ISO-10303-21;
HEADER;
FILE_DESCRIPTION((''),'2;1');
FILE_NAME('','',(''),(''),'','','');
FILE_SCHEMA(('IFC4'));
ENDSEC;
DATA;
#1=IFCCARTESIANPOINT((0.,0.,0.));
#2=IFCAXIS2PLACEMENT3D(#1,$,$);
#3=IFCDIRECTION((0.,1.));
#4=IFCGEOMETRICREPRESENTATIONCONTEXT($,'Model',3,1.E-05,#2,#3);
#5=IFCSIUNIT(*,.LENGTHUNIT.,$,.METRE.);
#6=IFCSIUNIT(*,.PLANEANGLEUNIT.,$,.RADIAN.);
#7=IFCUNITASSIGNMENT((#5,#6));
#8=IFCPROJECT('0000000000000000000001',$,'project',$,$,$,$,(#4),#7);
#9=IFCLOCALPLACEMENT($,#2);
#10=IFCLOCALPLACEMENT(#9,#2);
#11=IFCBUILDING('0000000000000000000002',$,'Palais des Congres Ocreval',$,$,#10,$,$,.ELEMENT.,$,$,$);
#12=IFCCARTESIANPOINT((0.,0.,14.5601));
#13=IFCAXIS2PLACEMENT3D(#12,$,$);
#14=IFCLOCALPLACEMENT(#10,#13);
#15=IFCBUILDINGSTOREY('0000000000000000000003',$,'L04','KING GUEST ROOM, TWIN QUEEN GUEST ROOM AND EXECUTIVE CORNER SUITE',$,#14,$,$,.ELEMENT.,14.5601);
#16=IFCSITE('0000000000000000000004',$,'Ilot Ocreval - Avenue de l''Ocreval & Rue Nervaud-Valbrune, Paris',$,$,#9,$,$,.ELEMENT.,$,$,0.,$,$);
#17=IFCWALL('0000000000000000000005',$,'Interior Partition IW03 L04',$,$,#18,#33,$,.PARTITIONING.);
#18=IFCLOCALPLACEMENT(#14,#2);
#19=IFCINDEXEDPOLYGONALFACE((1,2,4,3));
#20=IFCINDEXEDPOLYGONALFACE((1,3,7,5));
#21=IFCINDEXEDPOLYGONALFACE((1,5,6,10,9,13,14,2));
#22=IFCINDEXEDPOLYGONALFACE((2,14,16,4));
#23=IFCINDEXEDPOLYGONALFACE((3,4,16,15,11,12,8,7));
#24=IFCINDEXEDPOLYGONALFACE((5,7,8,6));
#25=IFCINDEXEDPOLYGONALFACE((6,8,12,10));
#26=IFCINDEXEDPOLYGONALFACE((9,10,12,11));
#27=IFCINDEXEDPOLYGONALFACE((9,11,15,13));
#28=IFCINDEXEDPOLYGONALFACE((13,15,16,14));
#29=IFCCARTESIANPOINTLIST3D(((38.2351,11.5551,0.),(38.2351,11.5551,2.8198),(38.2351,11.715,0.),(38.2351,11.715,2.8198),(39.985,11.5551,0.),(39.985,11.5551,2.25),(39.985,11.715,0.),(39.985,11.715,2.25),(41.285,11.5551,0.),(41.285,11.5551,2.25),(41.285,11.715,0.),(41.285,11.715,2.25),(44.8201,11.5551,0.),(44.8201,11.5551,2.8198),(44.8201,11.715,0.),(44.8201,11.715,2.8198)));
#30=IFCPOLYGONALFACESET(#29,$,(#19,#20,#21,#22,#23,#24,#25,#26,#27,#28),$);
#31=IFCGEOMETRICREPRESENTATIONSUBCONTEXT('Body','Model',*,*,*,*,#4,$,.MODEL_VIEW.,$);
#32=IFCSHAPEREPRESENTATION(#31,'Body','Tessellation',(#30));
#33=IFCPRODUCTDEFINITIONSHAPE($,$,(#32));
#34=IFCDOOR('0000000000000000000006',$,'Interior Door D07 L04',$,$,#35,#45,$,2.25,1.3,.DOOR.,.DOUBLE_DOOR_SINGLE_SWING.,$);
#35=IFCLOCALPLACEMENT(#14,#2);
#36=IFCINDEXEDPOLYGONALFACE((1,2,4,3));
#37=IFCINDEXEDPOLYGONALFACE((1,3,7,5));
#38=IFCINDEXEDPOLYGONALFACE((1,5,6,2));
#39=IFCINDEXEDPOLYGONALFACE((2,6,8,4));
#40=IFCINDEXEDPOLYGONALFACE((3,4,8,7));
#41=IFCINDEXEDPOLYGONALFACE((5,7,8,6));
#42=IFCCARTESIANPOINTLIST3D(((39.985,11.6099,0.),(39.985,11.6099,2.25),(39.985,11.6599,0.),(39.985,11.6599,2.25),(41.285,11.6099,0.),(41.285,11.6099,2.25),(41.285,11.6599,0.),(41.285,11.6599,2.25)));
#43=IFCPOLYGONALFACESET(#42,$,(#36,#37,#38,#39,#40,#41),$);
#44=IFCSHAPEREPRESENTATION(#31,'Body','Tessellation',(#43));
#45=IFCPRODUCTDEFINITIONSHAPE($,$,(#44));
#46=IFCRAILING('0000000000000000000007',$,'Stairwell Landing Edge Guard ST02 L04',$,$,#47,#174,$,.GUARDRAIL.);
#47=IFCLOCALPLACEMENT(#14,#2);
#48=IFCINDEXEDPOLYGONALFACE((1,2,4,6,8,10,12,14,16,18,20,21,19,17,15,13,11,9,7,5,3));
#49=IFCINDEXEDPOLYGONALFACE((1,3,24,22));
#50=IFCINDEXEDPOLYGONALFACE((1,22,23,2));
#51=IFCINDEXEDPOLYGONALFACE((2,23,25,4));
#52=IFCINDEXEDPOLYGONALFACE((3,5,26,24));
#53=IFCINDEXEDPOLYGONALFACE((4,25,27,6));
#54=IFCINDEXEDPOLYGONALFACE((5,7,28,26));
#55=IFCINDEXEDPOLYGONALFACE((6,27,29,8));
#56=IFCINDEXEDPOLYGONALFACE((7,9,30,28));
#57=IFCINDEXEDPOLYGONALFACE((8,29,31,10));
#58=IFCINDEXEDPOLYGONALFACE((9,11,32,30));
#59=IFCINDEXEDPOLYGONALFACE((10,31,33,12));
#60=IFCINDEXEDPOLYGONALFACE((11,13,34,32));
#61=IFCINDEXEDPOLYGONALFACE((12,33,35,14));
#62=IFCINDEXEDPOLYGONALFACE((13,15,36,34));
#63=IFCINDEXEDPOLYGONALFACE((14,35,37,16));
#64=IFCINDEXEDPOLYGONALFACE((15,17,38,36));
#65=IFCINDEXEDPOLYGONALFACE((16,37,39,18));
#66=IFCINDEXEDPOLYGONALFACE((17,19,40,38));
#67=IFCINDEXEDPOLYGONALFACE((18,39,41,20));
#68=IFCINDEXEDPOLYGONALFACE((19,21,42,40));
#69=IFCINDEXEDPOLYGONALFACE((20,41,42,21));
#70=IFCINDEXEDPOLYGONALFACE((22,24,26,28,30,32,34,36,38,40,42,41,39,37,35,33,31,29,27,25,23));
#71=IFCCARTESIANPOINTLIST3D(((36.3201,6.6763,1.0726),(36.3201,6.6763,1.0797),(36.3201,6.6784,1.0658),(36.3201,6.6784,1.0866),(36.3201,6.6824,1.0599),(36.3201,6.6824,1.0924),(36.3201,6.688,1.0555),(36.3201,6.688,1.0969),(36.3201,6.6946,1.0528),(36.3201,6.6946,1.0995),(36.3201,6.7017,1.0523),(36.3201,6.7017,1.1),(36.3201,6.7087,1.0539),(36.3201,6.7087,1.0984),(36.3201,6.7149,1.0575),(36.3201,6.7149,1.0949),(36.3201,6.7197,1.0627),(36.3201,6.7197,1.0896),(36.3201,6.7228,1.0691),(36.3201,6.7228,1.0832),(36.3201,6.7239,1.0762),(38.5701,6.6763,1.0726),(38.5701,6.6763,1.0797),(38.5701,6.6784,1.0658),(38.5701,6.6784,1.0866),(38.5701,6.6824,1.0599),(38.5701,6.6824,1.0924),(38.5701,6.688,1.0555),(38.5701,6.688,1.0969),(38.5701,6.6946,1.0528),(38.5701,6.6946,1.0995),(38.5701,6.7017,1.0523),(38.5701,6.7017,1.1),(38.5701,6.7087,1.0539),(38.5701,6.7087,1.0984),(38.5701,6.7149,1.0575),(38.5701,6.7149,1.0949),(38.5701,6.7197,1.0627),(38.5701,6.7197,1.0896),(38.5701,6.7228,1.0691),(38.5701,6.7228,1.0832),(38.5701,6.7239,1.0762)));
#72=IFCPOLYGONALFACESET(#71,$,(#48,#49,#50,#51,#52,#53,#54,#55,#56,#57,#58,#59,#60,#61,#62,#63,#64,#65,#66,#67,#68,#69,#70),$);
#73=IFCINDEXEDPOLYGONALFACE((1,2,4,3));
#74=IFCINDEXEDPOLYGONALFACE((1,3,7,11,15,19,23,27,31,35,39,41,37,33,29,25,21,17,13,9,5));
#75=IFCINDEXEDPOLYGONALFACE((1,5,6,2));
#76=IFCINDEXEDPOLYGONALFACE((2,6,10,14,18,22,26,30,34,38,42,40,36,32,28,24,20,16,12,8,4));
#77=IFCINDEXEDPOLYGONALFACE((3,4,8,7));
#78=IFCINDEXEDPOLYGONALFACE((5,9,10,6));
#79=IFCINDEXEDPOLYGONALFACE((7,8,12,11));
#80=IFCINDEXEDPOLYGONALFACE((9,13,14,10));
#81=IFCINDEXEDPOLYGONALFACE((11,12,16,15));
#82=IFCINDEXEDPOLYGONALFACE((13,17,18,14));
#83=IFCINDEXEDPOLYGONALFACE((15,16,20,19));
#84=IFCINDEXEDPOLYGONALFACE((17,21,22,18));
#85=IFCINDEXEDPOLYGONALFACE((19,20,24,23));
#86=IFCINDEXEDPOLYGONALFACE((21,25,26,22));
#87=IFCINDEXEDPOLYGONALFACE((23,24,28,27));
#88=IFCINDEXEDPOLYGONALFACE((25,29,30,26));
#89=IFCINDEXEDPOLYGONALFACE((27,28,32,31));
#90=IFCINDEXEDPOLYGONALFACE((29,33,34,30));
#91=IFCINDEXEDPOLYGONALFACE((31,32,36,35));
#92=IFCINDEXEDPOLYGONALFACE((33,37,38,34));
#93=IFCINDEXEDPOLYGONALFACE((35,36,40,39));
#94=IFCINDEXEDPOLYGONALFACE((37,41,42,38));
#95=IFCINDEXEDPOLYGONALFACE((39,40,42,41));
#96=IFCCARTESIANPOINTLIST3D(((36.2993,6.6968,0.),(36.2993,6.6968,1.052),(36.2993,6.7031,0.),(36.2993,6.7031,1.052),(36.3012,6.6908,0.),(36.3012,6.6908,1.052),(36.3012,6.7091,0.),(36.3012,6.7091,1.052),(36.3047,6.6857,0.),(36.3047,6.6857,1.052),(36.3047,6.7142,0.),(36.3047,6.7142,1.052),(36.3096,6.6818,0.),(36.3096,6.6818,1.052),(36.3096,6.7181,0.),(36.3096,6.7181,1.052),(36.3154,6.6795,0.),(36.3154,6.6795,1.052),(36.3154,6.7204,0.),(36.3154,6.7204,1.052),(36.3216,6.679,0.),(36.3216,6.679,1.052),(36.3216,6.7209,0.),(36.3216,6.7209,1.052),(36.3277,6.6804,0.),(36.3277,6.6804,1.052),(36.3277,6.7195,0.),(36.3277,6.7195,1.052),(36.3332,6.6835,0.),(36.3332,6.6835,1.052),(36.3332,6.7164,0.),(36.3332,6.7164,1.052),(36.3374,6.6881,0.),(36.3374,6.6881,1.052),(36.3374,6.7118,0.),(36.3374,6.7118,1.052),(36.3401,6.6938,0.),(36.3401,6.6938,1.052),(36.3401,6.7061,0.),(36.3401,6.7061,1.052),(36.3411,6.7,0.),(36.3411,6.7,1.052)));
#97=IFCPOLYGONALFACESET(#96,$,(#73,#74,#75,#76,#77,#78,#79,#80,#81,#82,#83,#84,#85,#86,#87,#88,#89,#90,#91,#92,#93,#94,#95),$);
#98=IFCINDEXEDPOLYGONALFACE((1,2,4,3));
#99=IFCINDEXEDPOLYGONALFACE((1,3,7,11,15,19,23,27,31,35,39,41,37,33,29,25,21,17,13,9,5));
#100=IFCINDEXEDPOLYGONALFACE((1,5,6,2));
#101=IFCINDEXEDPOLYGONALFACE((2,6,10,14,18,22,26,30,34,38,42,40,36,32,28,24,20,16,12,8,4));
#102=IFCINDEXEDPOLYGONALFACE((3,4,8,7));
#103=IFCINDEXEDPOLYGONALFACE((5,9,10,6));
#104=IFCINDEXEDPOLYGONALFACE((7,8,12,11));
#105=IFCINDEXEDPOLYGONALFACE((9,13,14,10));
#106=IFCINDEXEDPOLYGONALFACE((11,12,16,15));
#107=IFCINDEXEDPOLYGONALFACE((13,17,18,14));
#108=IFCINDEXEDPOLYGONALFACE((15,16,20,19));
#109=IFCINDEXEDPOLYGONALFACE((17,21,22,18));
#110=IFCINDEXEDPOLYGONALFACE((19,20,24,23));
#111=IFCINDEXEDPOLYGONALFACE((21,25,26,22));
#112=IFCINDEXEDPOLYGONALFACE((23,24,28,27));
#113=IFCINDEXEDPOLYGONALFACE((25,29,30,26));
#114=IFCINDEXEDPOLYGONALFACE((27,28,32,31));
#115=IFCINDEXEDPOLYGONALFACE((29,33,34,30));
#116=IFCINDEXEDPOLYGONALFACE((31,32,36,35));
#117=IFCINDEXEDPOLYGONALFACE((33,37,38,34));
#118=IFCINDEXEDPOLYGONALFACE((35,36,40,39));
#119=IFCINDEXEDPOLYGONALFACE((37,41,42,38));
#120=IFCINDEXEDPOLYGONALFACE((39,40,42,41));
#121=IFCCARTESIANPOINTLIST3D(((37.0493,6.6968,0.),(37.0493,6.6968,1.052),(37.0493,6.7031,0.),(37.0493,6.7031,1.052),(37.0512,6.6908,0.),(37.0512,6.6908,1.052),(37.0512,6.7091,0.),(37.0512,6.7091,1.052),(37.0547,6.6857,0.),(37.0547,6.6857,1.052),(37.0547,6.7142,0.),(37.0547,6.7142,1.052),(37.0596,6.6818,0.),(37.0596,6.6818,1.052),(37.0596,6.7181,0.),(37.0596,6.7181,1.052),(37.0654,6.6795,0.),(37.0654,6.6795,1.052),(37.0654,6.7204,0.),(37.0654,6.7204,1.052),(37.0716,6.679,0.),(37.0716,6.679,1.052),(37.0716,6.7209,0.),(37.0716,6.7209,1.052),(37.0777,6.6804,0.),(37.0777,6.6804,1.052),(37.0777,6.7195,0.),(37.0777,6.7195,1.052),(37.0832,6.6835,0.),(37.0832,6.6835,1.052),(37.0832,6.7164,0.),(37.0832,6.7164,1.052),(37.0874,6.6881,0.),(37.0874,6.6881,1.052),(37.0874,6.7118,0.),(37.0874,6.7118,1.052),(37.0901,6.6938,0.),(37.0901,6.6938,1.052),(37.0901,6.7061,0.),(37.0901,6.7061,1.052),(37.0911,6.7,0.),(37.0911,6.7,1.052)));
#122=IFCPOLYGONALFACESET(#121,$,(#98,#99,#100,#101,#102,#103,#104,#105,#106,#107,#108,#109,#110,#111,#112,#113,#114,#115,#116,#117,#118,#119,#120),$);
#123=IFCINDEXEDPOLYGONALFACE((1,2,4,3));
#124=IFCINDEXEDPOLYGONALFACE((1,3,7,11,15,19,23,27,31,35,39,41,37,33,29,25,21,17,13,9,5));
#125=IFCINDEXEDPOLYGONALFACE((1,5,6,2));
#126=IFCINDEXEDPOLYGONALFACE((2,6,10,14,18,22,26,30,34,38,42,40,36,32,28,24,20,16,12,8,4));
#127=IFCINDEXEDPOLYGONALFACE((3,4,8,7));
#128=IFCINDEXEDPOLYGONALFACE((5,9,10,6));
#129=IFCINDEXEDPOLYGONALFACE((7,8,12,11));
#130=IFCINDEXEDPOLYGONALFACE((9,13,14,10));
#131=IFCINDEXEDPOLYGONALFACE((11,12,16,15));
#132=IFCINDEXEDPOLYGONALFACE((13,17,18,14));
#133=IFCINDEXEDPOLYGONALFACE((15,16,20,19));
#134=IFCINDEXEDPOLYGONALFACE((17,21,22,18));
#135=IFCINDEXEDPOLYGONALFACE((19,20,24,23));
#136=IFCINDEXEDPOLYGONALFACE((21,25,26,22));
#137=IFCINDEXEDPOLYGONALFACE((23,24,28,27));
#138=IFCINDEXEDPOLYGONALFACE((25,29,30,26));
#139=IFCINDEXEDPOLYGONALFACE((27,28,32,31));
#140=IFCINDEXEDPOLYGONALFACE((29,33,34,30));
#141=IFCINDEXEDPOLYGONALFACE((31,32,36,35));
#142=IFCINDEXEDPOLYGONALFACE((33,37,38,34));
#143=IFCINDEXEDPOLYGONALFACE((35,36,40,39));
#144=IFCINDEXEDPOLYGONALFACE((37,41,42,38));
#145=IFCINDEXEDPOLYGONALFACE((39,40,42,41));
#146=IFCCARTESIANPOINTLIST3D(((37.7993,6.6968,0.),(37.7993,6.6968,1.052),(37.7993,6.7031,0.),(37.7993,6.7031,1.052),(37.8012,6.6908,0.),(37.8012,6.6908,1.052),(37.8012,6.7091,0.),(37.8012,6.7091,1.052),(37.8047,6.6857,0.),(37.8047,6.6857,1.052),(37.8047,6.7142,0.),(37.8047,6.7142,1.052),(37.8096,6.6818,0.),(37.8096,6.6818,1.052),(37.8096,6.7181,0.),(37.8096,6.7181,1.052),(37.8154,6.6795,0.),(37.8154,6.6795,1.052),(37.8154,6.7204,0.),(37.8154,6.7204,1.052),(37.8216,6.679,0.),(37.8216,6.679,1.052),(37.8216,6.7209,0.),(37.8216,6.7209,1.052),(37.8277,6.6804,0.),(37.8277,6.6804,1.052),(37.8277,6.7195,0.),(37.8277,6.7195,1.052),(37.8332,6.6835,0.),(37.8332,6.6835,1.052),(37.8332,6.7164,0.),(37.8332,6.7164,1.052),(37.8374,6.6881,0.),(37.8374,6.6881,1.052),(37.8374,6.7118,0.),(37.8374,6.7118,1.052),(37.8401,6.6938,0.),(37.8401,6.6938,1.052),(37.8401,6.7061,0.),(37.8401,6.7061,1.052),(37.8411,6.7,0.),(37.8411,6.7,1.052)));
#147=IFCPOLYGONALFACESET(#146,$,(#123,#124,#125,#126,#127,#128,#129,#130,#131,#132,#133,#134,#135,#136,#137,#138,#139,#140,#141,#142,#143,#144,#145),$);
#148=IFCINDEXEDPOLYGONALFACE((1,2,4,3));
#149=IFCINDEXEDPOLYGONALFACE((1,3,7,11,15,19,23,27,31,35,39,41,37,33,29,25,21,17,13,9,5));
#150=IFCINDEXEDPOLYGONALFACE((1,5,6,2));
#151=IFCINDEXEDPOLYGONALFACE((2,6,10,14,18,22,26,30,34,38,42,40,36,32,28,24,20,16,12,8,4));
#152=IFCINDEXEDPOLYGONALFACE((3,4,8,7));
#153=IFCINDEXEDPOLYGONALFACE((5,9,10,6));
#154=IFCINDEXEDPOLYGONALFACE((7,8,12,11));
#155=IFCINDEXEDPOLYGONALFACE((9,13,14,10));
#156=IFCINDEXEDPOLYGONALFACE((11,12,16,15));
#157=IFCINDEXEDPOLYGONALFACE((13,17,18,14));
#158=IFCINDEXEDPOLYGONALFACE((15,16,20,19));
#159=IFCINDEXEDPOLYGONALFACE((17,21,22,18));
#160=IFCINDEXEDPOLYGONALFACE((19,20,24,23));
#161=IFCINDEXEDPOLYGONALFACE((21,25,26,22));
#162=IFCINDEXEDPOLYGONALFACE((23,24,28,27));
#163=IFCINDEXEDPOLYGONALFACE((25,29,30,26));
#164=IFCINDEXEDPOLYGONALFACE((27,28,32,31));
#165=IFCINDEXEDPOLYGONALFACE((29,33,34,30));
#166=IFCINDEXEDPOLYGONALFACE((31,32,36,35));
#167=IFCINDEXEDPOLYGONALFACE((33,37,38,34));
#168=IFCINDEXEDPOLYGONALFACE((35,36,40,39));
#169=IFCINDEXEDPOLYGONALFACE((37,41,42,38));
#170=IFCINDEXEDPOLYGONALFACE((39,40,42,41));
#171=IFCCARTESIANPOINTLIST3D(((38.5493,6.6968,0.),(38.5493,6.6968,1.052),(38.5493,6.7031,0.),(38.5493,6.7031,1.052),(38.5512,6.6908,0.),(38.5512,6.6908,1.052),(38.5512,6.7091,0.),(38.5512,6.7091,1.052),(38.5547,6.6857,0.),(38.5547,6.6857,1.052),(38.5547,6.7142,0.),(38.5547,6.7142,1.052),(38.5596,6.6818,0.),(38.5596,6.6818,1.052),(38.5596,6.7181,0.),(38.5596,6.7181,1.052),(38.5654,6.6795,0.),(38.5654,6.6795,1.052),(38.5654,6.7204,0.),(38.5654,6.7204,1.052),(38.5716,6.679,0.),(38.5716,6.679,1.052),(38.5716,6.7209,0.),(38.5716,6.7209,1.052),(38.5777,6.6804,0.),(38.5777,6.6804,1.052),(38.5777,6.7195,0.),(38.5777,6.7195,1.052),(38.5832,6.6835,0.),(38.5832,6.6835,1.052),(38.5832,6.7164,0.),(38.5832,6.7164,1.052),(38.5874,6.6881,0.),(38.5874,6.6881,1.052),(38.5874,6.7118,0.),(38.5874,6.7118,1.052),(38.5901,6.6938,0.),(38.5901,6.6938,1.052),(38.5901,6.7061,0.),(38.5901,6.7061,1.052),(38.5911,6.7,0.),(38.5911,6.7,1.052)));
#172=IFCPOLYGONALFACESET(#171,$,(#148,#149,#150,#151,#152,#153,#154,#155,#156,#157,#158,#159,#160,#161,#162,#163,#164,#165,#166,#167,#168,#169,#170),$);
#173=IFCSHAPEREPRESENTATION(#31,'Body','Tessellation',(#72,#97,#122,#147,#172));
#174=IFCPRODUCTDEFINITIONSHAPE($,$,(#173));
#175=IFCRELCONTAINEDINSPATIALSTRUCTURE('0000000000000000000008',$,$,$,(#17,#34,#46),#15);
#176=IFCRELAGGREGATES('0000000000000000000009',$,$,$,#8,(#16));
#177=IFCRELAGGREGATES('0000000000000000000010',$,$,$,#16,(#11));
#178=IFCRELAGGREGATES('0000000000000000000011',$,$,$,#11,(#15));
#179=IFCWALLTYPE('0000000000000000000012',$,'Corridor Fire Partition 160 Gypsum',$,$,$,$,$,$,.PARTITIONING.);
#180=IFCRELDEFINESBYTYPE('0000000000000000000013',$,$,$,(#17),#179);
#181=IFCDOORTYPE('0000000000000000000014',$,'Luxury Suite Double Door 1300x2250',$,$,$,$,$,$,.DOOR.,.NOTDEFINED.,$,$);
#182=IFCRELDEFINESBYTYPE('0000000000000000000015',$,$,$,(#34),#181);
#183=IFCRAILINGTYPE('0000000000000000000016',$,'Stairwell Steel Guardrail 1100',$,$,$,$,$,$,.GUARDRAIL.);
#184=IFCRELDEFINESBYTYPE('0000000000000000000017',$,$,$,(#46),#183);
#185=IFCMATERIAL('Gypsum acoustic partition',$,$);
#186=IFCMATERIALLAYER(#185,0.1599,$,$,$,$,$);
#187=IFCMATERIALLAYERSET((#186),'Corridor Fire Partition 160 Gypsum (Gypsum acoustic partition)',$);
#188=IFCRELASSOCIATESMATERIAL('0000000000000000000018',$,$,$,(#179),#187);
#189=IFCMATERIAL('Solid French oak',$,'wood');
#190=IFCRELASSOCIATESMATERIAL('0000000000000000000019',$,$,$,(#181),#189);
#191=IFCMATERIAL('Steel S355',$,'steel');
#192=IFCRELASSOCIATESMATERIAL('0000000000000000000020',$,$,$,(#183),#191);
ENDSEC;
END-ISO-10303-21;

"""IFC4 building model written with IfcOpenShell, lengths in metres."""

from ifc_helpers import new_model, si_unit, direction, frame, frame_2d, origin, origin_2d, place, context, subcontext, project, spatial, rectangle, circle, extrude, material, layer, layer_set, type_object, element, fill, save


model = new_model("IFC4")

# Units and contexts
model_context = context("Model", 3, precision=1e-05, world=origin(), true_north=direction((0.0, 1.0)))
body_context = subcontext(model_context, "Body", "Model", "MODEL_VIEW")
ifc_project = project(units=[si_unit("LENGTHUNIT", "METRE"), si_unit("PLANEANGLEUNIT", "RADIAN")], contexts=[model_context])

# Site, building, storey
site_placement = place(None, origin())
site = spatial("IfcSite", under=ifc_project, at=site_placement, Name="Ilot Ocreval - Avenue de l'Ocreval & Rue Nervaud-Valbrune, Paris", CompositionType="ELEMENT", RefElevation=0.0)
building_placement = place(site_placement, origin())
building = spatial("IfcBuilding", under=site, at=building_placement, Name="Palais des Congres Ocreval", CompositionType="ELEMENT")
storey_placement = place(building_placement, frame((0.0, 0.0, 14.5601)))
storey = spatial("IfcBuildingStorey", under=building, at=storey_placement, Name="L04", Description="KING GUEST ROOM, TWIN QUEEN GUEST ROOM AND EXECUTIVE CORNER SUITE", CompositionType="ELEMENT", Elevation=14.5601)

# Shared definitions
ifc_material_1 = material(Name="Steel S355", Category="steel")

# Shared definitions
ifc_material_2 = material(Name="Solid French oak", Category="wood")

# Shared definitions
ifc_material_3 = material(Name="Gypsum acoustic partition")
ifc_layer_1 = layer(ifc_material_3, 0.1599)
ifc_layer_set_1 = layer_set([ifc_layer_1], Name="Corridor Fire Partition 160 Gypsum (Gypsum acoustic partition)")
wall_type_1 = type_object("IfcWallType", Name="Corridor Fire Partition 160 Gypsum", PredefinedType="PARTITIONING", material=ifc_layer_set_1)

# Wall, opening, door
wall_1_placement = place(storey_placement, frame((38.2351, 11.635, 0.0), z_axis=(0.0, 0.0, 1.0), x_axis=(1.0, 0.0, 0.0)))
wall_1 = element("IfcWall", 1, at=wall_1_placement, inside=storey, type_object=wall_type_1, Name="Interior Partition IW03 L04", PredefinedType="PARTITIONING", context=body_context, shape_type="SweptSolid", body=[
    extrude(rectangle(XDim=6.585, YDim=0.1599, at=frame_2d((3.2925, 0.0))), origin(), (0.0, 0.0, 1.0), 2.8198),
])
opening_1_placement = place(wall_1_placement, frame((1.75, 0.0, 0.0)))
opening_1 = element("IfcOpeningElement", 2, at=opening_1_placement, cuts=wall_1, PredefinedType="OPENING", context=body_context, shape_type="SweptSolid", body=[
    extrude(rectangle(XDim=1.3, YDim=2.25, at=frame_2d((0.6499, 1.125))), frame((0.0, 0.0898, 0.0), z_axis=(0.0, -1.0, 0.0), x_axis=(1.0, 0.0, 0.0)), (0.0, 0.0, 1.0), 0.1799),
])
door_type_1 = type_object("IfcDoorType", Name="Luxury Suite Double Door 1300x2250", OperationType="NOTDEFINED", PredefinedType="DOOR", material=ifc_material_2)
door_1_placement = place(opening_1_placement, origin())
door_1 = element("IfcDoor", 3, at=door_1_placement, inside=storey, type_object=door_type_1, Name="Interior Door D07 L04", OperationType="DOUBLE_DOOR_SINGLE_SWING", OverallHeight=2.25, OverallWidth=1.3, PredefinedType="DOOR", context=body_context, shape_type="SweptSolid", body=[
    extrude(rectangle(XDim=1.3, YDim=2.25, at=frame_2d((0.6499, 1.125))), frame((0.0, 0.0249, 0.0), z_axis=(0.0, -1.0, 0.0), x_axis=(1.0, 0.0, 0.0)), (0.0, 0.0, 1.0), 0.05),
])
fill(opening_1, door_1)

# Railing
railing_type = type_object("IfcRailingType", Name="Stairwell Steel Guardrail 1100", PredefinedType="GUARDRAIL", material=ifc_material_1)
railing_1_placement = place(storey_placement, frame((36.3201, 6.7, 0.0)))
element("IfcRailing", 4, at=railing_1_placement, inside=storey, type_object=railing_type, Name="Stairwell Landing Edge Guard ST02 L04", PredefinedType="GUARDRAIL", context=body_context, shape_type="SweptSolid", body=[
    extrude(circle(Radius=0.0239, at=origin_2d()), frame((0.0, 0.0, 1.0762), z_axis=(1.0, 0.0, 0.0), x_axis=(0.0, 1.0, 0.0)), (0.0, 0.0, 1.0), 2.25),
    extrude(circle(Radius=0.021, at=origin_2d()), origin(), (0.0, 0.0, 1.0), 1.052),
    extrude(circle(Radius=0.021, at=origin_2d()), frame((0.75, 0.0, 0.0)), (0.0, 0.0, 1.0), 1.052),
    extrude(circle(Radius=0.021, at=origin_2d()), frame((1.5, 0.0, 0.0)), (0.0, 0.0, 1.0), 1.052),
    extrude(circle(Radius=0.021, at=origin_2d()), frame((2.25, 0.0, 0.0)), (0.0, 0.0, 1.0), 1.052),
])

save(model, "model.ifc")
